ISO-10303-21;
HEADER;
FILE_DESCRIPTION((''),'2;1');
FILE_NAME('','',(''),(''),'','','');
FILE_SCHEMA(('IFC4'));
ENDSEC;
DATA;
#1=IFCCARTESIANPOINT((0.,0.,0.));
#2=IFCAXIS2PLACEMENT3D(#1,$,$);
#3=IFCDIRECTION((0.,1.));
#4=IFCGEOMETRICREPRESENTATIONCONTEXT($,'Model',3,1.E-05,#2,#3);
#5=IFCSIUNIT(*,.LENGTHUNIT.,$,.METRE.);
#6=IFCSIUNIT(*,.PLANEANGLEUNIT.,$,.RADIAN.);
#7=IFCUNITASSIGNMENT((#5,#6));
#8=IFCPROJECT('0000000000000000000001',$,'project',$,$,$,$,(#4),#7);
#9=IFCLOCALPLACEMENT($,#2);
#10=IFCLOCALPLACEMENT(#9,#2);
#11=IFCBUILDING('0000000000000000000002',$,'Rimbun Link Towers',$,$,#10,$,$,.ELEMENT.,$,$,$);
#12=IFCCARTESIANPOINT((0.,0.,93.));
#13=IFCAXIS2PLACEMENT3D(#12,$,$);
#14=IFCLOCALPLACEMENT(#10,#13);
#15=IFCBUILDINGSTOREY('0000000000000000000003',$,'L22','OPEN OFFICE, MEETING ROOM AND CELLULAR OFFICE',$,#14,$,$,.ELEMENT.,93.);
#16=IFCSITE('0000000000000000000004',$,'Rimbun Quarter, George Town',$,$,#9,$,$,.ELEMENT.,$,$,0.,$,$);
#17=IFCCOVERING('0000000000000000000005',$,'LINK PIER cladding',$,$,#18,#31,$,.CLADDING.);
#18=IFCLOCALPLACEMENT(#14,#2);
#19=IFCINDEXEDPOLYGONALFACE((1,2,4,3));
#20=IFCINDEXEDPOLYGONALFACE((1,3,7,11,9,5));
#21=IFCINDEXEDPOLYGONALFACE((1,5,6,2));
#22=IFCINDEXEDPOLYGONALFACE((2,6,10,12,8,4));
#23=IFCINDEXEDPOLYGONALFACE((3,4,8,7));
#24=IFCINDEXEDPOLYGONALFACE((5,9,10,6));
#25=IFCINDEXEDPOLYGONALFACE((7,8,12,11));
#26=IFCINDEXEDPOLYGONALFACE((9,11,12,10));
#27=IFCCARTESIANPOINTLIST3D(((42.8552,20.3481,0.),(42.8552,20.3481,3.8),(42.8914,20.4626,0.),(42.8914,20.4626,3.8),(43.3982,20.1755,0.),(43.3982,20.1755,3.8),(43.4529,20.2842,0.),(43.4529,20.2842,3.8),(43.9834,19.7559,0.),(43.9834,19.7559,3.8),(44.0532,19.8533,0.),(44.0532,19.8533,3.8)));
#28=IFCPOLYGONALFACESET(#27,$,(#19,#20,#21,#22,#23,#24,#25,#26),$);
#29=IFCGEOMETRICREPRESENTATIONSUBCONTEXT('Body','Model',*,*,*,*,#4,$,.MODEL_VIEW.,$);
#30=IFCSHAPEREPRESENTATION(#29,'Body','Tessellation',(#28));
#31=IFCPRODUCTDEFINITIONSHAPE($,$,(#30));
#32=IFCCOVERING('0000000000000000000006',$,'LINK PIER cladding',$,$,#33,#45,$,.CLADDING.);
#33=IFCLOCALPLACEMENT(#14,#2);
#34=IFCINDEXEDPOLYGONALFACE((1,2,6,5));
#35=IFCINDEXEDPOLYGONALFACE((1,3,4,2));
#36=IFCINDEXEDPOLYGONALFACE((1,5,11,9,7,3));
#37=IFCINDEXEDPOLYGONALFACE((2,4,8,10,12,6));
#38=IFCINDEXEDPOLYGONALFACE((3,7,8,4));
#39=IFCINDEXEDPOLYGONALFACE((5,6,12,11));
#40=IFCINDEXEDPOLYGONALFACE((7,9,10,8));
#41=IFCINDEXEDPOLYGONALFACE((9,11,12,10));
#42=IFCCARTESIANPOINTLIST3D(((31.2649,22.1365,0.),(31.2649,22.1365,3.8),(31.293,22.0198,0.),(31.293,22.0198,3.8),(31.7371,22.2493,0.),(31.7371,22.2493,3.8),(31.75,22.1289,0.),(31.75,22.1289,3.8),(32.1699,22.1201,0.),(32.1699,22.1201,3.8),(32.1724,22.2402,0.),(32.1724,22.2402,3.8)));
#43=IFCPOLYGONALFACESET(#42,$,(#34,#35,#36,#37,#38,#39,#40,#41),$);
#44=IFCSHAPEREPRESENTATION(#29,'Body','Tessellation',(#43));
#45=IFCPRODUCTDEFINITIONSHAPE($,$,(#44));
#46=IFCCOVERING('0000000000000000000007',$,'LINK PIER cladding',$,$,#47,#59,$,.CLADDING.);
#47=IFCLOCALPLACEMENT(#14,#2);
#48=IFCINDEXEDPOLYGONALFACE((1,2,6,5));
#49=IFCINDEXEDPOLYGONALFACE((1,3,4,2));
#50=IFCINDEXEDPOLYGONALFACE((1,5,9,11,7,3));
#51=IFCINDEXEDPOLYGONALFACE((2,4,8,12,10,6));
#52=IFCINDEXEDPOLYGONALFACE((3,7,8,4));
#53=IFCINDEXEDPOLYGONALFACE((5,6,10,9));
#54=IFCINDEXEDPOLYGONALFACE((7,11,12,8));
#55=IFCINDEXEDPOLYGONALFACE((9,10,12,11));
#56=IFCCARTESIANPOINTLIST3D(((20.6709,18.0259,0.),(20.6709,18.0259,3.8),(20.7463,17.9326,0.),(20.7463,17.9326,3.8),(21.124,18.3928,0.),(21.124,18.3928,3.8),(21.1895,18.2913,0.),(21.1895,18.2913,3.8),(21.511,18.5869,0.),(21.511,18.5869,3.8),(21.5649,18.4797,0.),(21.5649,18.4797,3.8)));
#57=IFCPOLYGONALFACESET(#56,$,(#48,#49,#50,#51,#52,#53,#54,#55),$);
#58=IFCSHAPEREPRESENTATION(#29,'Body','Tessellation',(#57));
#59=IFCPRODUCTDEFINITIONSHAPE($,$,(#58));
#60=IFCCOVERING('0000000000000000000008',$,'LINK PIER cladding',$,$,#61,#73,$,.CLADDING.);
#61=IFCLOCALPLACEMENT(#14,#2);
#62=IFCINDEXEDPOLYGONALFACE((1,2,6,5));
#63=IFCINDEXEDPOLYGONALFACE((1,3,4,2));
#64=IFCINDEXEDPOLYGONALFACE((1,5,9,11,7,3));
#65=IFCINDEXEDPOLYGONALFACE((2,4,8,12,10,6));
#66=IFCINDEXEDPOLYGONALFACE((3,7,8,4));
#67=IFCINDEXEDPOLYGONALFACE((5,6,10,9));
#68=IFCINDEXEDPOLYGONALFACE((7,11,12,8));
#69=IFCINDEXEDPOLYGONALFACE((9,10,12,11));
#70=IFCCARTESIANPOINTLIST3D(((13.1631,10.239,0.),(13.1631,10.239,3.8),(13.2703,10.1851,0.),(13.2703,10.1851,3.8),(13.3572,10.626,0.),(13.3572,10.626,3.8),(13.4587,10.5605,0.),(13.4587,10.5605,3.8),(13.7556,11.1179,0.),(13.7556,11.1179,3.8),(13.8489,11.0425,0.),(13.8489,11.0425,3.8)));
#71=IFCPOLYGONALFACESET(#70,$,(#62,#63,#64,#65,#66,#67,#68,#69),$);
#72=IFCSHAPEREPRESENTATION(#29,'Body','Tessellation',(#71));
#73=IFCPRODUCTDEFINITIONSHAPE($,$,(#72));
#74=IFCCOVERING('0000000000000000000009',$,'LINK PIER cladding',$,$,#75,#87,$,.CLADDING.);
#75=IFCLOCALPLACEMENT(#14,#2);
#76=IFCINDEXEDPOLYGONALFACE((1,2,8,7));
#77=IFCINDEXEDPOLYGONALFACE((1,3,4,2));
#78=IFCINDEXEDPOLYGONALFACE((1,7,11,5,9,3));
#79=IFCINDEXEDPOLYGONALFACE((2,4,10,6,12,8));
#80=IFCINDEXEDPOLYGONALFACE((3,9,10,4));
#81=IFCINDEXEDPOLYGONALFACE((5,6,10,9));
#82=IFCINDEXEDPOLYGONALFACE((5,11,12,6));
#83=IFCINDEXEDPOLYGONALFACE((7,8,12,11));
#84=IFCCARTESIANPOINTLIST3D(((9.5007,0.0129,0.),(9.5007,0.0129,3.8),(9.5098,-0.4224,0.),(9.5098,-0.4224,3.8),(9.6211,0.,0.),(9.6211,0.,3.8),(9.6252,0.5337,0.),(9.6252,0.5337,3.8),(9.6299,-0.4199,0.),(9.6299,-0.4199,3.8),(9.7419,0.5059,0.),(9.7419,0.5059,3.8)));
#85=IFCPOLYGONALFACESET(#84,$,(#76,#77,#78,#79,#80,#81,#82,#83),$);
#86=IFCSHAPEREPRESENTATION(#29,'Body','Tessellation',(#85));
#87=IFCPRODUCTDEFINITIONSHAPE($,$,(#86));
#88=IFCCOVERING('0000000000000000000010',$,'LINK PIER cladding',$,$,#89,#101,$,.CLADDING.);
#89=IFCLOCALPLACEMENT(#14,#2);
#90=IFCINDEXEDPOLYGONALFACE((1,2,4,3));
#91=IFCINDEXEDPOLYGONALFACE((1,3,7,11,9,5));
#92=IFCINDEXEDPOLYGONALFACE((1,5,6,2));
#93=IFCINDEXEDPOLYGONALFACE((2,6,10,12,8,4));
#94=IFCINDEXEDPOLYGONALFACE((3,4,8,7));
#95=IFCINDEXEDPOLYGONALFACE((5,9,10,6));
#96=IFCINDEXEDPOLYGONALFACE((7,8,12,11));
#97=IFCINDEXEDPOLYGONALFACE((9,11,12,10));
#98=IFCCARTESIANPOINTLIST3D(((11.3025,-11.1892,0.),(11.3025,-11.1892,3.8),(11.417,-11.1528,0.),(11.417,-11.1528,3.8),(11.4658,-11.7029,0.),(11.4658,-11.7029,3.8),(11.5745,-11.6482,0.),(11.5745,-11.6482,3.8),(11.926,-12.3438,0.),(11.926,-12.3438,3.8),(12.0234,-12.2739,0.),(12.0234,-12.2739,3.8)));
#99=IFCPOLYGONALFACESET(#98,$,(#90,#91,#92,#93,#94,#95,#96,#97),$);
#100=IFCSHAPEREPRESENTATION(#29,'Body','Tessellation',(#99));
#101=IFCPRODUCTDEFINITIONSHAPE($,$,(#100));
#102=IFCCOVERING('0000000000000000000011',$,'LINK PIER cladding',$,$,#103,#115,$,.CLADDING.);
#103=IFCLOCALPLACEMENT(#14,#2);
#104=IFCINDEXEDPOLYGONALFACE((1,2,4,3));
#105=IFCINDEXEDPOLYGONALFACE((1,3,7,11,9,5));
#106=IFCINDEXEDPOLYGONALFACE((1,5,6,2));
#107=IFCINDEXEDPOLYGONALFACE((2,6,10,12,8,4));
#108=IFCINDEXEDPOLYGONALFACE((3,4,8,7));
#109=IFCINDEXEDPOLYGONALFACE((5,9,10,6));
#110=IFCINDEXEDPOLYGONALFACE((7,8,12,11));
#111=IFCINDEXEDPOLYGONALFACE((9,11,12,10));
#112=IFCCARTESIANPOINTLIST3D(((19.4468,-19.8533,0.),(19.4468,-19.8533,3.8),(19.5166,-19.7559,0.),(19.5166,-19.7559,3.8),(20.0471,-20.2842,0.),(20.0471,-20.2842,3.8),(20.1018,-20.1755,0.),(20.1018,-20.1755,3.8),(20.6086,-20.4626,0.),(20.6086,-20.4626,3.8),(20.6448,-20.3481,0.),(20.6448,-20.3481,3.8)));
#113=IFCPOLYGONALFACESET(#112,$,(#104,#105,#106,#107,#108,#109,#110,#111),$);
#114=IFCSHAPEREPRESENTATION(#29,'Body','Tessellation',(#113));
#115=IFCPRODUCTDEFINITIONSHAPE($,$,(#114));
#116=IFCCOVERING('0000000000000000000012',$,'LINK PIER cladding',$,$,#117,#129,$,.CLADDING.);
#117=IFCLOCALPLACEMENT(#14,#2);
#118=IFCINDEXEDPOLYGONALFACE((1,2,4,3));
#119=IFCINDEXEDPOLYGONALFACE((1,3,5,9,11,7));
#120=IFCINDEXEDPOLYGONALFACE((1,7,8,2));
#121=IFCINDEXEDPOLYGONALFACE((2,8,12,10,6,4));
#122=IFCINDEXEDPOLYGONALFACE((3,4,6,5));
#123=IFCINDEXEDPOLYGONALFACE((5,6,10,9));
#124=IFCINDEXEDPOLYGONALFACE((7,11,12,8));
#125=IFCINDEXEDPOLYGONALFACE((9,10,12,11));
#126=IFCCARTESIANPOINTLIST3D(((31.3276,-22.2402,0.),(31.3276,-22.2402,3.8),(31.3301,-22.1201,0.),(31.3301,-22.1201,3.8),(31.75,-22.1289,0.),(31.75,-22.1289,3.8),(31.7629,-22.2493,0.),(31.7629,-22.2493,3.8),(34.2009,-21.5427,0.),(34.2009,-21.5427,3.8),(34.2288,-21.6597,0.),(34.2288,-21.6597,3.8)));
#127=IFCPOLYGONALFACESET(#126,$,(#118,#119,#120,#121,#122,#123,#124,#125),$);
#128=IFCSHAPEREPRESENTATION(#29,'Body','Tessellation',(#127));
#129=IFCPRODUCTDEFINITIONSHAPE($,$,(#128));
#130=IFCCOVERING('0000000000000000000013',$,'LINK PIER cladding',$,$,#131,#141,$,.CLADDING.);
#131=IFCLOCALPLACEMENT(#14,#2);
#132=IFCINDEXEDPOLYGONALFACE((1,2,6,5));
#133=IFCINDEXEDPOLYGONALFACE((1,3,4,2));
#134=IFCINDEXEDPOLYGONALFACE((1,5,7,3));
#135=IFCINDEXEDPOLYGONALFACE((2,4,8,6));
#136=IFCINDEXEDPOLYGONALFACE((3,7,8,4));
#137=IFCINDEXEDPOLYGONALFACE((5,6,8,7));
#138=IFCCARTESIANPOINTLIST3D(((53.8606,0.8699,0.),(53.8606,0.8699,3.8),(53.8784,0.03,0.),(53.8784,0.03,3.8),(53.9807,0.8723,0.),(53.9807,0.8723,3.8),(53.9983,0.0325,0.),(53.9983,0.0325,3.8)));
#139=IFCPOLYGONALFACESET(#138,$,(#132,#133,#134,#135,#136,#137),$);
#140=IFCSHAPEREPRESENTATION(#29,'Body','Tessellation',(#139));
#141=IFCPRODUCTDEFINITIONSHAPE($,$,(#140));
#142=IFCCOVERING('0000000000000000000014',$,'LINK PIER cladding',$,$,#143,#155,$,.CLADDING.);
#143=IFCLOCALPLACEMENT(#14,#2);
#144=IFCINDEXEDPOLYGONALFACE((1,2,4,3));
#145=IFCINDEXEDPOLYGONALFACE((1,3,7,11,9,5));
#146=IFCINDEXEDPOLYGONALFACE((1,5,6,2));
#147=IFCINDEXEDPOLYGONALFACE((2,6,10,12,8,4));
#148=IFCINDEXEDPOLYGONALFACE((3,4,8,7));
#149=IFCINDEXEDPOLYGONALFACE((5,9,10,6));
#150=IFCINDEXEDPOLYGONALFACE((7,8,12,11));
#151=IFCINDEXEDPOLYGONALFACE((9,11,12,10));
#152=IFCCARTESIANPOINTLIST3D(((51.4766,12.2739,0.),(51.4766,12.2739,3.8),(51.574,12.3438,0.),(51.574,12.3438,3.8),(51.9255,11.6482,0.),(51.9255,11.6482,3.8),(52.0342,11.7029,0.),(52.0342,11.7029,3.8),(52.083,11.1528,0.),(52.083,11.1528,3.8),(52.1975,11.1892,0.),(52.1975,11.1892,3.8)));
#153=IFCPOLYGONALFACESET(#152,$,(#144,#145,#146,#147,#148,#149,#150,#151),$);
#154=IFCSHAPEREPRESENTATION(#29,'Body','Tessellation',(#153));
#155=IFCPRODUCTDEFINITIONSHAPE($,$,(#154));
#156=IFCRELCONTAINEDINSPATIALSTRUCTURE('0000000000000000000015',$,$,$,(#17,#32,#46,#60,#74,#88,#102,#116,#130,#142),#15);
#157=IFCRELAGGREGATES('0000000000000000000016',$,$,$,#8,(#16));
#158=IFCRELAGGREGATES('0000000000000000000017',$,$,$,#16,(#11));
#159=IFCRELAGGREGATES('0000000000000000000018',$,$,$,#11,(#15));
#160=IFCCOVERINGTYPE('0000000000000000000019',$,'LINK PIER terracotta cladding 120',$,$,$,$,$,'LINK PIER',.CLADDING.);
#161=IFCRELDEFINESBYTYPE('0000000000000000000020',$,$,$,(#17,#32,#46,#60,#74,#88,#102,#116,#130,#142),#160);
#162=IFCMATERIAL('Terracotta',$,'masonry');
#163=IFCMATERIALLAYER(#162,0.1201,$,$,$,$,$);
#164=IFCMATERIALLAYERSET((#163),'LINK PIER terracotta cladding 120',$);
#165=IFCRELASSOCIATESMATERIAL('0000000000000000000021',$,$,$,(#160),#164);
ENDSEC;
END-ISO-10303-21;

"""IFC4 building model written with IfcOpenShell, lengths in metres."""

from ifc_helpers import new_model, si_unit, direction, frame, origin, place, context, subcontext, project, spatial, polyline, outline, extrude, material, layer, layer_set, type_object, element, save


model = new_model("IFC4")

# Units and contexts
model_context = context("Model", 3, precision=1e-05, world=origin(), true_north=direction((0.0, 1.0)))
body_context = subcontext(model_context, "Body", "Model", "MODEL_VIEW")
ifc_project = project(units=[si_unit("LENGTHUNIT", "METRE"), si_unit("PLANEANGLEUNIT", "RADIAN")], contexts=[model_context])

# Site, building, storey
site_placement = place(None, origin())
site = spatial("IfcSite", under=ifc_project, at=site_placement, Name="Rimbun Quarter, George Town", CompositionType="ELEMENT", RefElevation=0.0)
building_placement = place(site_placement, origin())
building = spatial("IfcBuilding", under=site, at=building_placement, Name="Rimbun Link Towers", CompositionType="ELEMENT")
storey_placement = place(building_placement, frame((0.0, 0.0, 93.0)))
storey = spatial("IfcBuildingStorey", under=building, at=storey_placement, Name="L22", Description="OPEN OFFICE, MEETING ROOM AND CELLULAR OFFICE", CompositionType="ELEMENT", Elevation=93.0)

# Coverings
ifc_material_1 = material(Name="Terracotta", Category="masonry")
ifc_layer_1 = layer(ifc_material_1, 0.1201)
ifc_layer_set_1 = layer_set([ifc_layer_1], Name="LINK PIER terracotta cladding 120")
covering_type_1 = type_object("IfcCoveringType", Name="LINK PIER terracotta cladding 120", ElementType="LINK PIER", PredefinedType="CLADDING", material=ifc_layer_set_1)
covering_1_placement = place(storey_placement, origin())
element("IfcCovering", 1, at=covering_1_placement, inside=storey, type_object=covering_type_1, Name="LINK PIER cladding", PredefinedType="CLADDING", context=body_context, shape_type="SweptSolid", body=[
    extrude(outline(polyline([(42.8552, 20.3481), (43.3982, 20.1755), (43.9834, 19.7559), (44.0532, 19.8533), (43.4529, 20.2842), (42.8914, 20.4626), (42.8552, 20.3481)])), origin(), (0.0, 0.0, 1.0), 3.8),
])
covering_2_placement = place(storey_placement, origin())
element("IfcCovering", 2, at=covering_2_placement, inside=storey, type_object=covering_type_1, Name="LINK PIER cladding", PredefinedType="CLADDING", context=body_context, shape_type="SweptSolid", body=[
    extrude(outline(polyline([(31.293, 22.0198), (31.75, 22.1289), (32.1699, 22.1201), (32.1724, 22.2402), (31.7371, 22.2493), (31.2649, 22.1365), (31.293, 22.0198)])), origin(), (0.0, 0.0, 1.0), 3.8),
])
covering_3_placement = place(storey_placement, origin())
element("IfcCovering", 3, at=covering_3_placement, inside=storey, type_object=covering_type_1, Name="LINK PIER cladding", PredefinedType="CLADDING", context=body_context, shape_type="SweptSolid", body=[
    extrude(outline(polyline([(20.7463, 17.9326), (21.1895, 18.2913), (21.5649, 18.4797), (21.511, 18.5869), (21.124, 18.3928), (20.6709, 18.0259), (20.7463, 17.9326)])), origin(), (0.0, 0.0, 1.0), 3.8),
])
covering_4_placement = place(storey_placement, origin())
element("IfcCovering", 4, at=covering_4_placement, inside=storey, type_object=covering_type_1, Name="LINK PIER cladding", PredefinedType="CLADDING", context=body_context, shape_type="SweptSolid", body=[
    extrude(outline(polyline([(13.2703, 10.1851), (13.4587, 10.5605), (13.8489, 11.0425), (13.7556, 11.1179), (13.3572, 10.626), (13.1631, 10.239), (13.2703, 10.1851)])), origin(), (0.0, 0.0, 1.0), 3.8),
])
covering_5_placement = place(storey_placement, origin())
element("IfcCovering", 5, at=covering_5_placement, inside=storey, type_object=covering_type_1, Name="LINK PIER cladding", PredefinedType="CLADDING", context=body_context, shape_type="SweptSolid", body=[
    extrude(outline(polyline([(9.6299, -0.4199), (9.6211, 0.0), (9.7419, 0.5059), (9.6252, 0.5337), (9.5007, 0.0129), (9.5098, -0.4224), (9.6299, -0.4199)])), origin(), (0.0, 0.0, 1.0), 3.8),
])
covering_6_placement = place(storey_placement, origin())
element("IfcCovering", 6, at=covering_6_placement, inside=storey, type_object=covering_type_1, Name="LINK PIER cladding", PredefinedType="CLADDING", context=body_context, shape_type="SweptSolid", body=[
    extrude(outline(polyline([(12.0234, -12.2739), (11.5745, -11.6482), (11.417, -11.1528), (11.3025, -11.1892), (11.4658, -11.7029), (11.926, -12.3438), (12.0234, -12.2739)])), origin(), (0.0, 0.0, 1.0), 3.8),
])
covering_7_placement = place(storey_placement, origin())
element("IfcCovering", 7, at=covering_7_placement, inside=storey, type_object=covering_type_1, Name="LINK PIER cladding", PredefinedType="CLADDING", context=body_context, shape_type="SweptSolid", body=[
    extrude(outline(polyline([(20.6448, -20.3481), (20.1018, -20.1755), (19.5166, -19.7559), (19.4468, -19.8533), (20.0471, -20.2842), (20.6086, -20.4626), (20.6448, -20.3481)])), origin(), (0.0, 0.0, 1.0), 3.8),
])
covering_8_placement = place(storey_placement, origin())
element("IfcCovering", 8, at=covering_8_placement, inside=storey, type_object=covering_type_1, Name="LINK PIER cladding", PredefinedType="CLADDING", context=body_context, shape_type="SweptSolid", body=[
    extrude(outline(polyline([(34.2009, -21.5427), (31.75, -22.1289), (31.3301, -22.1201), (31.3276, -22.2402), (31.7629, -22.2493), (34.2288, -21.6597), (34.2009, -21.5427)])), origin(), (0.0, 0.0, 1.0), 3.8),
])
covering_9_placement = place(storey_placement, origin())
element("IfcCovering", 9, at=covering_9_placement, inside=storey, type_object=covering_type_1, Name="LINK PIER cladding", PredefinedType="CLADDING", context=body_context, shape_type="SweptSolid", body=[
    extrude(outline(polyline([(53.8606, 0.8699), (53.8784, 0.03), (53.9983, 0.0325), (53.9807, 0.8723), (53.8606, 0.8699)])), origin(), (0.0, 0.0, 1.0), 3.8),
])
covering_10_placement = place(storey_placement, origin())
element("IfcCovering", 10, at=covering_10_placement, inside=storey, type_object=covering_type_1, Name="LINK PIER cladding", PredefinedType="CLADDING", context=body_context, shape_type="SweptSolid", body=[
    extrude(outline(polyline([(51.4766, 12.2739), (51.9255, 11.6482), (52.083, 11.1528), (52.1975, 11.1892), (52.0342, 11.7029), (51.574, 12.3438), (51.4766, 12.2739)])), origin(), (0.0, 0.0, 1.0), 3.8),
])

save(model, "model.ifc")
